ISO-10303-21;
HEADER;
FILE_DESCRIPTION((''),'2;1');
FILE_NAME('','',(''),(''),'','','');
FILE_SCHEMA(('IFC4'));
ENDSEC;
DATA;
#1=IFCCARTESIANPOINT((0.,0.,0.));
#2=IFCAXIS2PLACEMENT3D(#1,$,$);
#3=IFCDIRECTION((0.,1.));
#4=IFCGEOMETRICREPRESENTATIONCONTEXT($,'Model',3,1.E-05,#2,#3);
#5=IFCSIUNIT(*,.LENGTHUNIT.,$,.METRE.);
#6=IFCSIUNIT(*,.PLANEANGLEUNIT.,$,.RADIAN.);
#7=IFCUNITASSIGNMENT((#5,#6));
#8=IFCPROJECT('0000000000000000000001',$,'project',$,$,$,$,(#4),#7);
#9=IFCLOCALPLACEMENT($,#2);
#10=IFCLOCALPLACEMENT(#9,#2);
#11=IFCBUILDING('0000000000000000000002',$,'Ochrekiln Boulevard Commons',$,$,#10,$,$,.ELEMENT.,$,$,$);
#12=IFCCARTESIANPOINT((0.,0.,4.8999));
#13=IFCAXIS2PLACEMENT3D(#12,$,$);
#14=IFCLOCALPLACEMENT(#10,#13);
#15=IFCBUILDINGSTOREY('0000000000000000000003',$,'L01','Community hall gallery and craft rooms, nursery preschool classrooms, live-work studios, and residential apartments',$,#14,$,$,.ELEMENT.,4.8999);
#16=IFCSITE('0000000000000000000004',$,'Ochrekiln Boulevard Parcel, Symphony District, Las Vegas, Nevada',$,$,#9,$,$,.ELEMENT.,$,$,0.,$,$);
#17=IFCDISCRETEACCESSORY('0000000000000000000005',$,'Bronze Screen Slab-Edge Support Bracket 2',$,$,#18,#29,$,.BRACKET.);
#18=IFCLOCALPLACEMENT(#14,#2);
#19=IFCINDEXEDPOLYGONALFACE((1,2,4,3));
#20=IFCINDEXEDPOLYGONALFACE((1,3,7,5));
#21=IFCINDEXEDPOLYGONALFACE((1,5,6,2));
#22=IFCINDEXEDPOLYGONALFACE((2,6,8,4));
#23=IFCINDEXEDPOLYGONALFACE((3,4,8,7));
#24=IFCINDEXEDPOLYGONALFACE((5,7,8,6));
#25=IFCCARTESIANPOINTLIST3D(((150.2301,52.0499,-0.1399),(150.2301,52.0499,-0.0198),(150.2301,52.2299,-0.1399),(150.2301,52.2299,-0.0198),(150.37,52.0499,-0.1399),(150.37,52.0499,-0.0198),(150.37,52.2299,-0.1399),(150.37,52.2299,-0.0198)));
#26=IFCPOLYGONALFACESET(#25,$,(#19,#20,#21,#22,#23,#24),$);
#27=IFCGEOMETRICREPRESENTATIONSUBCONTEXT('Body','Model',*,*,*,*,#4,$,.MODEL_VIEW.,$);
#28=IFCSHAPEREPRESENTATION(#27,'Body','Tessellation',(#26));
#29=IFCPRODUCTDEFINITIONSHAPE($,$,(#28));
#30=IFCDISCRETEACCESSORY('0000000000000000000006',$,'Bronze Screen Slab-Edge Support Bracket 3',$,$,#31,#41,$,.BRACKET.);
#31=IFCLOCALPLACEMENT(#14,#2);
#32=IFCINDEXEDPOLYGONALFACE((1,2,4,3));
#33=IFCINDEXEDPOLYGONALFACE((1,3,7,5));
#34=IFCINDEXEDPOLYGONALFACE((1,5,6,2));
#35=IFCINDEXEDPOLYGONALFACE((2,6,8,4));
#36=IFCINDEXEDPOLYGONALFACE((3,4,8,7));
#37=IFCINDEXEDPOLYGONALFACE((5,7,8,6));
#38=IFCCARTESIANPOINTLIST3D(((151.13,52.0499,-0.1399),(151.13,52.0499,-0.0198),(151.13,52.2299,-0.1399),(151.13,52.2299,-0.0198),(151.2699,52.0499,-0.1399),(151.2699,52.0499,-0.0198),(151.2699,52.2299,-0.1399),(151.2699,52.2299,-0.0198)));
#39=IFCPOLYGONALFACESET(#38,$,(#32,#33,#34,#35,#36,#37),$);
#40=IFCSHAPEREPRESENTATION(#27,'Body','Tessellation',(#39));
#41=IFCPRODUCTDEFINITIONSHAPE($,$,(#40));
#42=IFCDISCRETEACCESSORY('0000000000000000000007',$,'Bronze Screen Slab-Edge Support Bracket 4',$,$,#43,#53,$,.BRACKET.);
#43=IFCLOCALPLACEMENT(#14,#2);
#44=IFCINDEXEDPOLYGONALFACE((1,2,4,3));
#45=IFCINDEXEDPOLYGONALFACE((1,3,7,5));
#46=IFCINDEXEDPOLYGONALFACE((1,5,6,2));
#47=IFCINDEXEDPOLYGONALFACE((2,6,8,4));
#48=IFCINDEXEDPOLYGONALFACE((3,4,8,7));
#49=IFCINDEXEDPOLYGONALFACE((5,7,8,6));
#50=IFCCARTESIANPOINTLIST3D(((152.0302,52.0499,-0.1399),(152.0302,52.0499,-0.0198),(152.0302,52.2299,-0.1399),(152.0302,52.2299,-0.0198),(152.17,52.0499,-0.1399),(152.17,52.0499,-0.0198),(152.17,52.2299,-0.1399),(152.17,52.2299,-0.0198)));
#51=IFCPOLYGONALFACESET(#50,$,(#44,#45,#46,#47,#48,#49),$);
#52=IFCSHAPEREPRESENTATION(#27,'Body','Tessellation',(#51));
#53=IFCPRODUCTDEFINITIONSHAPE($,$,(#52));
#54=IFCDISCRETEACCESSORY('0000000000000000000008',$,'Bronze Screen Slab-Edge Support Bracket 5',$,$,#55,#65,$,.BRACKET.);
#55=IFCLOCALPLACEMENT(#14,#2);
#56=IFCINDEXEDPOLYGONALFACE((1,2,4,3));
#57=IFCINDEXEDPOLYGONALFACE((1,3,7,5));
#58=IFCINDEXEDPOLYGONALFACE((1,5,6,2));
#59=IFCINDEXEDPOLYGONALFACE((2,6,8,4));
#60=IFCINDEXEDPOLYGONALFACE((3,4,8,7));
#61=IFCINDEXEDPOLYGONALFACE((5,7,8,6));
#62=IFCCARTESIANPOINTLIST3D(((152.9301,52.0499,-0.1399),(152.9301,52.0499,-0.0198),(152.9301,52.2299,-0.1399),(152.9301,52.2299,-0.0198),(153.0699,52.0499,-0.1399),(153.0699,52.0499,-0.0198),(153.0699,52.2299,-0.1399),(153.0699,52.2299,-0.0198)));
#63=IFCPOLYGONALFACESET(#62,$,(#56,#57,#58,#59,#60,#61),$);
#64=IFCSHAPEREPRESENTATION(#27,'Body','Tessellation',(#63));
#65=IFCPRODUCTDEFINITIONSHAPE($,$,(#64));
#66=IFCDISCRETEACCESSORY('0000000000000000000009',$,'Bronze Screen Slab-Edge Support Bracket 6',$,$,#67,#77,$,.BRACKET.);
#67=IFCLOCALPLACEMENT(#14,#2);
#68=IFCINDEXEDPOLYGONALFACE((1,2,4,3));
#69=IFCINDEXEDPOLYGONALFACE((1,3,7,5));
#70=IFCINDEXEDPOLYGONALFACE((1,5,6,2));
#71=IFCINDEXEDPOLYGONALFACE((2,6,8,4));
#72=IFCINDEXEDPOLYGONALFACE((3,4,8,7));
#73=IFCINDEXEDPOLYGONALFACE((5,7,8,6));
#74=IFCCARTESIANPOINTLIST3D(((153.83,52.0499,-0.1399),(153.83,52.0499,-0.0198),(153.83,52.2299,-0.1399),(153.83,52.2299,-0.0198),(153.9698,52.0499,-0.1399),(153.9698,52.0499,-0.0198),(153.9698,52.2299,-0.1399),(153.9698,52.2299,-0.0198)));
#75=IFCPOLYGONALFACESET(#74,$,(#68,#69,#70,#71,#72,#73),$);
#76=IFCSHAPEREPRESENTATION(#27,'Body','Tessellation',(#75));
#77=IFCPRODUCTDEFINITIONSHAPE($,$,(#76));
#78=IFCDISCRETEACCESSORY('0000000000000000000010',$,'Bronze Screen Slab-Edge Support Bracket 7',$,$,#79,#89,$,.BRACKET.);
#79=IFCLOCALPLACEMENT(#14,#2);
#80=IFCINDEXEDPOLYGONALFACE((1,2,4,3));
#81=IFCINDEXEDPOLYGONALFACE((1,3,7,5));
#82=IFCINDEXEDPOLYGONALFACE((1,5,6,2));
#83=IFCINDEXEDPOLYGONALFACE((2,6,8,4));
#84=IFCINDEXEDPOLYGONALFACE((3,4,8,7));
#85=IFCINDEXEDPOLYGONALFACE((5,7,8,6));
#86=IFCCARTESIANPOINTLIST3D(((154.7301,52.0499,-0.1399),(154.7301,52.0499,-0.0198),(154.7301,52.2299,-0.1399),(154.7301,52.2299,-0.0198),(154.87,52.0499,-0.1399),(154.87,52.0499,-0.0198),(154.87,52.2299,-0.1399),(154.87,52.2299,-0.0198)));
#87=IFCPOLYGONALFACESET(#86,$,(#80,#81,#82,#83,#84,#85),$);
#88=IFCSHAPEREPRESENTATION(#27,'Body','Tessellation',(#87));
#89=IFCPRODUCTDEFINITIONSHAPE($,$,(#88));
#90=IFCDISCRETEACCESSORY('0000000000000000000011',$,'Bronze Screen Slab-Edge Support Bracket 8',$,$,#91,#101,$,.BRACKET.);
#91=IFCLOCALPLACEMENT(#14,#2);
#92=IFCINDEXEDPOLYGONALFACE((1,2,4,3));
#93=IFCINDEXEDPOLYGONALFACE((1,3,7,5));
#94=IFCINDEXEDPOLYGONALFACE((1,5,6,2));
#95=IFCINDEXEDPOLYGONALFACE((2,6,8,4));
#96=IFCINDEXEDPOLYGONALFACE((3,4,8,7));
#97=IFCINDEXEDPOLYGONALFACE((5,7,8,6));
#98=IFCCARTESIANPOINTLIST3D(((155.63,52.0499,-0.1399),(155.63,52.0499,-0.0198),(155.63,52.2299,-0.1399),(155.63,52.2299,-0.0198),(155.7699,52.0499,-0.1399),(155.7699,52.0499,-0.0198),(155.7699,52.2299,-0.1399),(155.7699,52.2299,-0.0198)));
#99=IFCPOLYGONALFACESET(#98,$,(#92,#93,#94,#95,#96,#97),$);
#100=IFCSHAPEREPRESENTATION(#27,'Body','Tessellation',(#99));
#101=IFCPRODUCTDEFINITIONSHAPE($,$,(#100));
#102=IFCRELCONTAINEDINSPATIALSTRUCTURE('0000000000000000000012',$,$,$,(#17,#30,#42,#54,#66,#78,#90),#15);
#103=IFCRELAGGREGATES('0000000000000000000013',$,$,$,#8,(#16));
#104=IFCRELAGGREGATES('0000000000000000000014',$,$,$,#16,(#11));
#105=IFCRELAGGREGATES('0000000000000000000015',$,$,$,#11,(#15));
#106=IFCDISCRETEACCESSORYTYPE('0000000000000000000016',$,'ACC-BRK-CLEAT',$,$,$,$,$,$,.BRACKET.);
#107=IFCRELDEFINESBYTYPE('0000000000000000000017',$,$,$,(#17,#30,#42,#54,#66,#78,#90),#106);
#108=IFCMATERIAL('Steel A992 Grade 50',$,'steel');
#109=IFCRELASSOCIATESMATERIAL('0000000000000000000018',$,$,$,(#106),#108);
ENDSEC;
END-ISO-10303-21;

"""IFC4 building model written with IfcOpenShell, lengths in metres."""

from ifc_helpers import new_model, si_unit, direction, frame, origin, origin_2d, place, context, subcontext, project, spatial, rectangle, extrude, material, type_object, element, save


model = new_model("IFC4")

# Units and contexts
model_context = context("Model", 3, precision=1e-05, world=origin(), true_north=direction((0.0, 1.0)))
body_context = subcontext(model_context, "Body", "Model", "MODEL_VIEW")
ifc_project = project(units=[si_unit("LENGTHUNIT", "METRE"), si_unit("PLANEANGLEUNIT", "RADIAN")], contexts=[model_context])

# Site, building, storey
site_placement = place(None, origin())
site = spatial("IfcSite", under=ifc_project, at=site_placement, Name="Ochrekiln Boulevard Parcel, Symphony District, Las Vegas, Nevada", CompositionType="ELEMENT", RefElevation=0.0)
building_placement = place(site_placement, origin())
building = spatial("IfcBuilding", under=site, at=building_placement, Name="Ochrekiln Boulevard Commons", CompositionType="ELEMENT")
storey_placement = place(building_placement, frame((0.0, 0.0, 4.8999)))
storey = spatial("IfcBuildingStorey", under=building, at=storey_placement, Name="L01", Description="Community hall gallery and craft rooms, nursery preschool classrooms, live-work studios, and residential apartments", CompositionType="ELEMENT", Elevation=4.8999)

# Discrete accessories
ifc_material_1 = material(Name="Steel A992 Grade 50", Category="steel")
discrete_accessory_type = type_object("IfcDiscreteAccessoryType", Name="ACC-BRK-CLEAT", PredefinedType="BRACKET", material=ifc_material_1)
for number, where, z_axis, x_axis, name in (
    (1, (150.3, 52.1399, -0.1399), (0.0, 0.0, 1.0), (1.0, 0.0, 0.0), "Bronze Screen Slab-Edge Support Bracket 2"),
    (2, (151.2, 52.1399, -0.1399), (0.0, 0.0, 1.0), (1.0, 0.0, 0.0), "Bronze Screen Slab-Edge Support Bracket 3"),
    (3, (152.1001, 52.1399, -0.1399), (0.0, 0.0, 1.0), (1.0, 0.0, 0.0), "Bronze Screen Slab-Edge Support Bracket 4"),
    (4, (153.0, 52.1399, -0.1399), (0.0, 0.0, 1.0), (1.0, 0.0, 0.0), "Bronze Screen Slab-Edge Support Bracket 5"),
    (5, (153.8999, 52.1399, -0.1399), (0.0, 0.0, 1.0), (1.0, 0.0, 0.0), "Bronze Screen Slab-Edge Support Bracket 6"),
    (6, (154.8, 52.1399, -0.1399), (0.0, 0.0, 1.0), (1.0, 0.0, 0.0), "Bronze Screen Slab-Edge Support Bracket 7"),
    (7, (155.7, 52.1399, -0.1399), (0.0, 0.0, 1.0), (1.0, 0.0, 0.0), "Bronze Screen Slab-Edge Support Bracket 8"),
):
    element("IfcDiscreteAccessory", number, at=place(storey_placement, frame(where, z_axis=z_axis, x_axis=x_axis)), inside=storey, type_object=discrete_accessory_type, Name=name, PredefinedType="BRACKET", context=body_context, shape_type="SweptSolid", body=[
        extrude(rectangle(XDim=0.1399, YDim=0.1799, at=origin_2d()), origin(), (0.0, 0.0, 1.0), 0.1201),
    ])

save(model, "model.ifc")
